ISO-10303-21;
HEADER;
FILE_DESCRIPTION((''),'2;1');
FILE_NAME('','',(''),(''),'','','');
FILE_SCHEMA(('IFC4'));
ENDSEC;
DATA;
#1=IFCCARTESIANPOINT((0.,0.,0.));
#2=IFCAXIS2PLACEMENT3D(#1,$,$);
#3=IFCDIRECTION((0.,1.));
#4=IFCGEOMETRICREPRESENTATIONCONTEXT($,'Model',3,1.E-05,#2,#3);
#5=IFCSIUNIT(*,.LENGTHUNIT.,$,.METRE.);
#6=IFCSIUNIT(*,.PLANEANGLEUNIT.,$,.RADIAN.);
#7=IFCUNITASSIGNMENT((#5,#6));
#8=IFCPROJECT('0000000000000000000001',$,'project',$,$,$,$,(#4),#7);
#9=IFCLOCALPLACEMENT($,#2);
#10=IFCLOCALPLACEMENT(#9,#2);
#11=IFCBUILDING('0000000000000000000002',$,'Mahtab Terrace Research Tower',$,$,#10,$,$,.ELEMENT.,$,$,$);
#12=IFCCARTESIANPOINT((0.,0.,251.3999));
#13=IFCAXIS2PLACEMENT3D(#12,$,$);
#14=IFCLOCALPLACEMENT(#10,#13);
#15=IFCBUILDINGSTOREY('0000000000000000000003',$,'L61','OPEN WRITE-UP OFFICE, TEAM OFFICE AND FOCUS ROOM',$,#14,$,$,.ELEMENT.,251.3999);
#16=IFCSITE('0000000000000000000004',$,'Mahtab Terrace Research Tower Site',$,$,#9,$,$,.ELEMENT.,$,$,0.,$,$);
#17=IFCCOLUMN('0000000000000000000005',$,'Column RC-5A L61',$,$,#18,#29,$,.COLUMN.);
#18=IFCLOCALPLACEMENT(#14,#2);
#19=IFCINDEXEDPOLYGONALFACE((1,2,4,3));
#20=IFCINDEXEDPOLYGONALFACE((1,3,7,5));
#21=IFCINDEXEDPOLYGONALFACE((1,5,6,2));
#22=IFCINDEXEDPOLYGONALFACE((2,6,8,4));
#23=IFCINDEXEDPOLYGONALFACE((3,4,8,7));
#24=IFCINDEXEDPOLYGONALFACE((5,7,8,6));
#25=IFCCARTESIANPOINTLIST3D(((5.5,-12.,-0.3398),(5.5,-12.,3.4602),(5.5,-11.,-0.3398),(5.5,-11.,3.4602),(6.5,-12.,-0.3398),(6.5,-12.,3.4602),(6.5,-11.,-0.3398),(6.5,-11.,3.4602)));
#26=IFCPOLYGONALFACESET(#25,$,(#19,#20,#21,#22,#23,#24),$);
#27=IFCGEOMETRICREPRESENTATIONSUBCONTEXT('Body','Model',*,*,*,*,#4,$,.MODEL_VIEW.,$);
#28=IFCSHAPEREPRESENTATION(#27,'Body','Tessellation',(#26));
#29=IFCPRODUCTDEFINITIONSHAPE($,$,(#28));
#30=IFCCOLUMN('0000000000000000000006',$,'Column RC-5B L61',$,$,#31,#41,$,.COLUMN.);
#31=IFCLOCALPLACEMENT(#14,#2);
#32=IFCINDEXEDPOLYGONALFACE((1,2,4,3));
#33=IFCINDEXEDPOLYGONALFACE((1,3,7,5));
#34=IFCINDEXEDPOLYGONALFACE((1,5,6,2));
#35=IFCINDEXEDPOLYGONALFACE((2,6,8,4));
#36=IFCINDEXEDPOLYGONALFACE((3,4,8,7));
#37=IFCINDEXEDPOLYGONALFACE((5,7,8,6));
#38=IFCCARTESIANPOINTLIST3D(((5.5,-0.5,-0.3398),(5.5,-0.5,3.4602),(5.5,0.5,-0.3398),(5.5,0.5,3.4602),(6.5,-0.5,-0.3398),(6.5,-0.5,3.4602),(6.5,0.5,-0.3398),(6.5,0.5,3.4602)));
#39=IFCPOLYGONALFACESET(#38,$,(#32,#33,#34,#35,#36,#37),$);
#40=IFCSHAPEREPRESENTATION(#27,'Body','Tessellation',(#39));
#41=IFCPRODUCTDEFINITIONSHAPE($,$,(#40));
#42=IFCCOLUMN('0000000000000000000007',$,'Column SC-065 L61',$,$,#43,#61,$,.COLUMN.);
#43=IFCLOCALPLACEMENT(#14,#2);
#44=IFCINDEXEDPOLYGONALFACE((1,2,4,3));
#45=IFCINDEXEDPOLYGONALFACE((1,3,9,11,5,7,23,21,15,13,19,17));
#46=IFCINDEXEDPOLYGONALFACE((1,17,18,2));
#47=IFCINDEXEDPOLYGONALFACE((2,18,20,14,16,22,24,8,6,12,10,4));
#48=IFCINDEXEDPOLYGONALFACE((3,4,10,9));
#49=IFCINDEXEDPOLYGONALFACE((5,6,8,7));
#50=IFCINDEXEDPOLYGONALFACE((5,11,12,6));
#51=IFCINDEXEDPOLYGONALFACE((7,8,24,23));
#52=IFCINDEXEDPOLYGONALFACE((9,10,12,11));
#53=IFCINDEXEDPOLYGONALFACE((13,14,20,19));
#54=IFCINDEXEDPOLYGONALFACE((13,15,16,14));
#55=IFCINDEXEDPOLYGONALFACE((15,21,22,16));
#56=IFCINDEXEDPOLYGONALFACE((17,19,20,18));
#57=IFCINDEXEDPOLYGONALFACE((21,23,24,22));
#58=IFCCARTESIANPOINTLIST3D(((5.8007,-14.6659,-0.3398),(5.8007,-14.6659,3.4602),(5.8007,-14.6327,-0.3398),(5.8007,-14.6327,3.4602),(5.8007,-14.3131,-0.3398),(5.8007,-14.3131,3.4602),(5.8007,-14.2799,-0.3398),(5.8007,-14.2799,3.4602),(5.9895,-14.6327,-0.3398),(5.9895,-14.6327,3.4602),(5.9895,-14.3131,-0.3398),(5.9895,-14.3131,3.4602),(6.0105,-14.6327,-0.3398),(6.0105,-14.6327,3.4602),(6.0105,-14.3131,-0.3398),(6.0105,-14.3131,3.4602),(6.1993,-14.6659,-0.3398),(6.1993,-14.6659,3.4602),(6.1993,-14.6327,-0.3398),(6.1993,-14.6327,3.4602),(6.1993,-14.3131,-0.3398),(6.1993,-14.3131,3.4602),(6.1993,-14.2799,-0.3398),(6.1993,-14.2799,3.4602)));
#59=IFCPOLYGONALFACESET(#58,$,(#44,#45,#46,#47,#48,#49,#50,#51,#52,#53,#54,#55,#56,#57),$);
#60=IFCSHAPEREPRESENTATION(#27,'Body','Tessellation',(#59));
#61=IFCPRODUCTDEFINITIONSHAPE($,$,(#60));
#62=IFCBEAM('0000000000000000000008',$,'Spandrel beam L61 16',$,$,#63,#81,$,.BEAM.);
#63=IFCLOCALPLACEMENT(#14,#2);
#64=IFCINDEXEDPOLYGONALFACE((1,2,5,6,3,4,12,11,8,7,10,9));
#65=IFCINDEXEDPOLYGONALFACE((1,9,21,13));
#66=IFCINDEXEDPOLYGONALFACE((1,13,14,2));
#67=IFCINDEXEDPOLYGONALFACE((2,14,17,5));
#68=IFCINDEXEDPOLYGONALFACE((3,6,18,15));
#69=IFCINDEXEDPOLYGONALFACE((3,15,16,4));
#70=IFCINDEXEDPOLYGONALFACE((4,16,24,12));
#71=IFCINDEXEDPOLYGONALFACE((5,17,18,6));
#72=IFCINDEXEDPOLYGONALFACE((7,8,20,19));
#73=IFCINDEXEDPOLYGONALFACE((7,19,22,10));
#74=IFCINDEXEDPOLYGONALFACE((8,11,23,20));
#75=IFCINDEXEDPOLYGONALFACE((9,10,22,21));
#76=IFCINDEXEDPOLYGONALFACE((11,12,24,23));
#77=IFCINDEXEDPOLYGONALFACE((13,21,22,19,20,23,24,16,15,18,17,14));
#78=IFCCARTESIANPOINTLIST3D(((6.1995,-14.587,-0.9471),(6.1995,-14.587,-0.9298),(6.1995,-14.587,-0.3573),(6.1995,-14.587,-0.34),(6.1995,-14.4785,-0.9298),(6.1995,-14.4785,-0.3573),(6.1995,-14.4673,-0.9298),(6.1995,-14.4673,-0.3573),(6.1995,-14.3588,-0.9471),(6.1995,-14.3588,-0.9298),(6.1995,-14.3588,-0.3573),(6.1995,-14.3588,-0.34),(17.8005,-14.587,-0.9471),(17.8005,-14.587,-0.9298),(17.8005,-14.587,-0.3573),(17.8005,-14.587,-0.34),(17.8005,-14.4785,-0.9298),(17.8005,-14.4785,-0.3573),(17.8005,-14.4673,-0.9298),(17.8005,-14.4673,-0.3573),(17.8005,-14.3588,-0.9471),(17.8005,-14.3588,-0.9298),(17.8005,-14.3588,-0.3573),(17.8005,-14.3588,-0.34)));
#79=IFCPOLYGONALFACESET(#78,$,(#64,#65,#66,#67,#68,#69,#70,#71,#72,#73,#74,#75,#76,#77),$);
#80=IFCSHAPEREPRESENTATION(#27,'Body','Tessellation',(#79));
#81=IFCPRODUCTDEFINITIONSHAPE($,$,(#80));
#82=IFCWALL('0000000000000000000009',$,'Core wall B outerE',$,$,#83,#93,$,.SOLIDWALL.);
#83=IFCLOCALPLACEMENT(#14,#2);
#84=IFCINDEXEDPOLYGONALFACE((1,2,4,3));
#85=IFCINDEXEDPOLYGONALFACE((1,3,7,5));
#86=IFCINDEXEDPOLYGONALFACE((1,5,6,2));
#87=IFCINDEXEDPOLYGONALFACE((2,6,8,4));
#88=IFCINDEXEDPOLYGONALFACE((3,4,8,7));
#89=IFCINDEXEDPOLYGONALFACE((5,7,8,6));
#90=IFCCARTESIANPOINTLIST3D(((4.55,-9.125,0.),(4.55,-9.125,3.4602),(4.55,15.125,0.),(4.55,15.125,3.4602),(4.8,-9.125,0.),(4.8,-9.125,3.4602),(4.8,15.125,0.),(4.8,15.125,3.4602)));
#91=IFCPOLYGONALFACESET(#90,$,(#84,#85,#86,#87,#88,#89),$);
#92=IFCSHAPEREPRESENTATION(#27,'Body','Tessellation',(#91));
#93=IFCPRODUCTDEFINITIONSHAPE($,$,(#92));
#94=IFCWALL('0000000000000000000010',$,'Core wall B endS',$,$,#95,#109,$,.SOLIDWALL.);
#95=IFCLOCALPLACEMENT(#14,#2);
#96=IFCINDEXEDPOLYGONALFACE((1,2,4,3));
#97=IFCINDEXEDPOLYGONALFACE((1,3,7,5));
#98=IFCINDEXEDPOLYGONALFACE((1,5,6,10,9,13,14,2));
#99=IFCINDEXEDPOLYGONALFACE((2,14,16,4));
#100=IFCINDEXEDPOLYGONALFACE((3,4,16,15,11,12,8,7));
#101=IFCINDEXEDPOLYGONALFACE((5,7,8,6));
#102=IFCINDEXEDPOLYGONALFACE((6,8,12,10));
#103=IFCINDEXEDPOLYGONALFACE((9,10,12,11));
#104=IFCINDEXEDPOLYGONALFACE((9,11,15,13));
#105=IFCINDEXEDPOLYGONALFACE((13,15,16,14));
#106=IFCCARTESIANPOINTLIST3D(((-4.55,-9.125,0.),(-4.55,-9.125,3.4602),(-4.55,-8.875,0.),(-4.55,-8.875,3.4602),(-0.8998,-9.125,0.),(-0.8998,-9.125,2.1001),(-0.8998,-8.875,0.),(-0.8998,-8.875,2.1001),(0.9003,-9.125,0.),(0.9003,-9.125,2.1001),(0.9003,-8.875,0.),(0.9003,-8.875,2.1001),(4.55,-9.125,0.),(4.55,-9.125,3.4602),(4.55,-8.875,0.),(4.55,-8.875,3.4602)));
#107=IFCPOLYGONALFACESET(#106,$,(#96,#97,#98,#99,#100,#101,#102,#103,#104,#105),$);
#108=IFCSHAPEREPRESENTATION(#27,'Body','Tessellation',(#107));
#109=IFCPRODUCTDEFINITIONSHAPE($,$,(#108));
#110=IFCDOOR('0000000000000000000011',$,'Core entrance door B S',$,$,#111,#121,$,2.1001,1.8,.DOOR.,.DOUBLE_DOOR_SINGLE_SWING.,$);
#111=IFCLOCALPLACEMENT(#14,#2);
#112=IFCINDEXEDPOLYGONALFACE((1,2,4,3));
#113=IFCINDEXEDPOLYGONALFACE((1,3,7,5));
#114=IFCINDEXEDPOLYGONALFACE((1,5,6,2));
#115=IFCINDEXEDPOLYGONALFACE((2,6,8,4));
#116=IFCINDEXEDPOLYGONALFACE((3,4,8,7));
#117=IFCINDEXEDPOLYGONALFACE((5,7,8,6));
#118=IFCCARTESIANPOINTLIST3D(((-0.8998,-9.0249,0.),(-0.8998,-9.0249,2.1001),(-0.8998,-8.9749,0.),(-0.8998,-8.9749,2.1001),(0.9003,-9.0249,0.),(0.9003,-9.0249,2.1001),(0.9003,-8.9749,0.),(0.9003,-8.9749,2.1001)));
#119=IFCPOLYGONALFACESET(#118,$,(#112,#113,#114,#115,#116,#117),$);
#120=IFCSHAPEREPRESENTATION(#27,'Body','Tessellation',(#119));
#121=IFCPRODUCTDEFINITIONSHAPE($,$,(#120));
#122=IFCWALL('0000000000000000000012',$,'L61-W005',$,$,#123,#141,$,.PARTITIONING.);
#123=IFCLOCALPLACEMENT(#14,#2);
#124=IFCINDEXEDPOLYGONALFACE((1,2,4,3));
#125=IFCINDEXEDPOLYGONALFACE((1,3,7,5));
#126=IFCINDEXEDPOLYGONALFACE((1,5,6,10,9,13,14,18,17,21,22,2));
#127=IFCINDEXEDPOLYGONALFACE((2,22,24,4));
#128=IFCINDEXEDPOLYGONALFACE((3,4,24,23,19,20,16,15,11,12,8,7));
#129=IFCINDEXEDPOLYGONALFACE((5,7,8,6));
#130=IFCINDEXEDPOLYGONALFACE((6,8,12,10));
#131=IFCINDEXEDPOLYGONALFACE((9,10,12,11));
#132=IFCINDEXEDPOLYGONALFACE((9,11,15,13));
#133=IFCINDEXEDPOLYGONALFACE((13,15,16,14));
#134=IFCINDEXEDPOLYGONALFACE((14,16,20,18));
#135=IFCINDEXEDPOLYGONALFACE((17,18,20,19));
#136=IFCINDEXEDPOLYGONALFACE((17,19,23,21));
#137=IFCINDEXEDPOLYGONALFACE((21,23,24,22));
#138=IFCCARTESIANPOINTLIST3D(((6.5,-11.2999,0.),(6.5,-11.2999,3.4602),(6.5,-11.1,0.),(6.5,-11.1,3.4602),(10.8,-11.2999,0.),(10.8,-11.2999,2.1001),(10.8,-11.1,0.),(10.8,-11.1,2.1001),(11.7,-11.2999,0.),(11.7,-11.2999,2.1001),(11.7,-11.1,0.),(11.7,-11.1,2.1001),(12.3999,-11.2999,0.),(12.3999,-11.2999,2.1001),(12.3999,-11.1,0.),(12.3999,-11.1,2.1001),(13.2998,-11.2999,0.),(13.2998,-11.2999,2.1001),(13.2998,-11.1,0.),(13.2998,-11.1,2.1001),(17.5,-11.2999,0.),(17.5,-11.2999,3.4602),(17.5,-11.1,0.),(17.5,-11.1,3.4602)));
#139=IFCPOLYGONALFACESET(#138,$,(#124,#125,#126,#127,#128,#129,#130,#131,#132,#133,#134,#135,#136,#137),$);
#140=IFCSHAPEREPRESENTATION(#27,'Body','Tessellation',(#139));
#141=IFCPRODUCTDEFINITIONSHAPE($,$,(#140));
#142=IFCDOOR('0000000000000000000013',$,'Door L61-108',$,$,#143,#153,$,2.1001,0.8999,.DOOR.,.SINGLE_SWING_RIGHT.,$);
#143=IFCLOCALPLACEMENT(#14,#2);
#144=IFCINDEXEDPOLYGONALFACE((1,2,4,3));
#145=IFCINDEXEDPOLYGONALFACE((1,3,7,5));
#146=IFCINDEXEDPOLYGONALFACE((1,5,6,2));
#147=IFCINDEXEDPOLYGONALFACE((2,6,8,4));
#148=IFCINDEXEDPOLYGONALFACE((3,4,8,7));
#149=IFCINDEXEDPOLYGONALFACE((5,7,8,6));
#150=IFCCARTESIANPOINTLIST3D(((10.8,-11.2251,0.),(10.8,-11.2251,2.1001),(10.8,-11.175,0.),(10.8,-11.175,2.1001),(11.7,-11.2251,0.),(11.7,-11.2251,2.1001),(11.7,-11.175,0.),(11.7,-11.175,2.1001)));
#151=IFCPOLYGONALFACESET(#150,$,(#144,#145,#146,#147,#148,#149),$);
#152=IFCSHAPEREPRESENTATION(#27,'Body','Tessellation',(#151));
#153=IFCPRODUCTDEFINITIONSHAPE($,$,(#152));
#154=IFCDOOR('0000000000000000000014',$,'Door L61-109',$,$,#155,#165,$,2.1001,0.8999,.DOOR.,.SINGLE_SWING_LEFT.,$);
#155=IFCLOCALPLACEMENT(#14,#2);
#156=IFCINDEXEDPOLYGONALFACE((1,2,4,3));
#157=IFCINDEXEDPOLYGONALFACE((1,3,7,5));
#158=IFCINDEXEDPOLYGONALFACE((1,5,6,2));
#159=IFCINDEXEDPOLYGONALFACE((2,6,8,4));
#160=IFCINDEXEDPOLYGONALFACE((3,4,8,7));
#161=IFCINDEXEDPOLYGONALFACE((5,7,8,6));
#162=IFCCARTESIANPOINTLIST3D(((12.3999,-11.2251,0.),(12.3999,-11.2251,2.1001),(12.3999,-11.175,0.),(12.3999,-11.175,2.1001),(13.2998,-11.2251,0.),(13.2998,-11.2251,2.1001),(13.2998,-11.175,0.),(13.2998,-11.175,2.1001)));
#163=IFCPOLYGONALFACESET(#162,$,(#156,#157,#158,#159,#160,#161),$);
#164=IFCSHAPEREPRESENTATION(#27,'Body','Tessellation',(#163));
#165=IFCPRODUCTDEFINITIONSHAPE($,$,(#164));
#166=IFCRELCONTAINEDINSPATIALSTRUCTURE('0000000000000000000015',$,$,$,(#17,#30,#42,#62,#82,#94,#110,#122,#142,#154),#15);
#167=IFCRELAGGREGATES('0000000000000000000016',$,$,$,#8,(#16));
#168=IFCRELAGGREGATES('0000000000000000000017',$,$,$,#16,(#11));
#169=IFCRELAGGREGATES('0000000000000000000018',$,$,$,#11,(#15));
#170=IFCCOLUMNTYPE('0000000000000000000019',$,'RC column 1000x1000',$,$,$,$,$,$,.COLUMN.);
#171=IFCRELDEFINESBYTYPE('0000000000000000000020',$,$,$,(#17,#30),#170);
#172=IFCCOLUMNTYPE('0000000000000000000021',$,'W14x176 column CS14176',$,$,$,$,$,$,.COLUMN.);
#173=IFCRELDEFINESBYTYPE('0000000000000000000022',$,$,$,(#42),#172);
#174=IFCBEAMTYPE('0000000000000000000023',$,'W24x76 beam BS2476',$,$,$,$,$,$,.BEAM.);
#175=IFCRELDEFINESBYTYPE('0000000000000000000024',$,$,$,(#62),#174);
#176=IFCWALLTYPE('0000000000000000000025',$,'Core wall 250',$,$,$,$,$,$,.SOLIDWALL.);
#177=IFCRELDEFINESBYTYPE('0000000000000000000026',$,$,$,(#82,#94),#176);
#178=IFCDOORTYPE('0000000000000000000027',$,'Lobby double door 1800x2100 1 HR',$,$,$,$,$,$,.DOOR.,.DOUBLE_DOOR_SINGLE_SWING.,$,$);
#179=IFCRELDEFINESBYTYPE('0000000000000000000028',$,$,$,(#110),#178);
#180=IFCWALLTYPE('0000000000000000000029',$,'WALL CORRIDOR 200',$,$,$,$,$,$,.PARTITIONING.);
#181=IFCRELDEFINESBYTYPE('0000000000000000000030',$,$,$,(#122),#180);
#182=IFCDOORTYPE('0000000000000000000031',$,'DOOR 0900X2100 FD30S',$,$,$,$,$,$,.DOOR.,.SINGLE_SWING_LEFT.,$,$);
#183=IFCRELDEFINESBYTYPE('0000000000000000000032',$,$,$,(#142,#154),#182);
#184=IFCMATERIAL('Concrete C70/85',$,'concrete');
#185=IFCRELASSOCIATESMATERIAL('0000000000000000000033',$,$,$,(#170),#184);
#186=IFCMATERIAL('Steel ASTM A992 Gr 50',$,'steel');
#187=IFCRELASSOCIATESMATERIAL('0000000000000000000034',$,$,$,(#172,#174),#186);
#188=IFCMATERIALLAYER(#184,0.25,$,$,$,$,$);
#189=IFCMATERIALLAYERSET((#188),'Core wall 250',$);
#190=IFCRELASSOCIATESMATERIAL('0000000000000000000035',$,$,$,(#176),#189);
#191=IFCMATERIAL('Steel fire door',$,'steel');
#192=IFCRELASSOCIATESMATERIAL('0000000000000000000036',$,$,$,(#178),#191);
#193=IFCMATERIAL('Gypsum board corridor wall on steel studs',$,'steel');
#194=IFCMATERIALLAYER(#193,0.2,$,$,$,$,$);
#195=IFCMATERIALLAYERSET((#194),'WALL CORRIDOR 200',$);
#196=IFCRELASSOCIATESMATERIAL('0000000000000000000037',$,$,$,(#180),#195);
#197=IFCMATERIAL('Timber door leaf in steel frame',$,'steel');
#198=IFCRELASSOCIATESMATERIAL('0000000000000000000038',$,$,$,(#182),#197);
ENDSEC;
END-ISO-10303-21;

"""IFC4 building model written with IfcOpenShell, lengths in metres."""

from ifc_helpers import new_model, si_unit, direction, frame, frame_2d, origin, origin_2d, place, context, subcontext, project, spatial, rectangle, i_section, extrude, material, layer, layer_set, material_profile, profile_set, type_object, element, fill, save


model = new_model("IFC4")

# Units and contexts
model_context = context("Model", 3, precision=1e-05, world=origin(), true_north=direction((0.0, 1.0)))
body_context = subcontext(model_context, "Body", "Model", "MODEL_VIEW")
ifc_project = project(units=[si_unit("LENGTHUNIT", "METRE"), si_unit("PLANEANGLEUNIT", "RADIAN")], contexts=[model_context])

# Site, building, storey
site_placement = place(None, origin())
site = spatial("IfcSite", under=ifc_project, at=site_placement, Name="Mahtab Terrace Research Tower Site", CompositionType="ELEMENT", RefElevation=0.0)
building_placement = place(site_placement, origin())
building = spatial("IfcBuilding", under=site, at=building_placement, Name="Mahtab Terrace Research Tower", CompositionType="ELEMENT")
storey_placement = place(building_placement, frame((0.0, 0.0, 251.3999)))
storey = spatial("IfcBuildingStorey", under=building, at=storey_placement, Name="L61", Description="OPEN WRITE-UP OFFICE, TEAM OFFICE AND FOCUS ROOM", CompositionType="ELEMENT", Elevation=251.3999)

# Columns
ifc_material_1 = material(Name="Concrete C70/85", Category="concrete")
ifc_material_profile_1 = material_profile(ifc_material_1, rectangle(XDim=1.0, YDim=1.0, at=origin_2d()), Name="RC column 1000x1000")
ifc_profile_set_1 = profile_set([ifc_material_profile_1], Name="Concrete C70/85")
column_type_1 = type_object("IfcColumnType", Name="RC column 1000x1000", PredefinedType="COLUMN", material=ifc_profile_set_1)
for number, where, z_axis, x_axis, name in (
    (1, (6.0, -11.5, -0.3398), (0.0, 0.0, 1.0), (1.0, 0.0, 0.0), "Column RC-5A L61"),
    (2, (6.0, 0.0, -0.3398), (0.0, 0.0, 1.0), (1.0, 0.0, 0.0), "Column RC-5B L61"),
):
    element("IfcColumn", number, at=place(storey_placement, frame(where, z_axis=z_axis, x_axis=x_axis)), inside=storey, type_object=column_type_1, Name=name, PredefinedType="COLUMN", context=body_context, shape_type="SweptSolid", body=[
        extrude(rectangle(XDim=1.0, YDim=1.0, at=origin_2d()), origin(), (0.0, 0.0, 1.0), 3.8),
    ])
ifc_material_2 = material(Name="Steel ASTM A992 Gr 50", Category="steel")
ifc_material_profile_2 = material_profile(ifc_material_2, i_section(OverallWidth=0.3987, OverallDepth=0.386, WebThickness=0.021, FlangeThickness=0.0332, at=origin_2d()), Name="W14X176")
ifc_profile_set_2 = profile_set([ifc_material_profile_2], Name="Steel ASTM A992 Gr 50")
column_type_2 = type_object("IfcColumnType", Name="W14x176 column CS14176", PredefinedType="COLUMN", material=ifc_profile_set_2)
column_placement = place(storey_placement, frame((6.0, -14.4729, -0.3398), z_axis=(0.0, 0.0, 1.0), x_axis=(1.0, 0.0, 0.0)))
element("IfcColumn", 3, at=column_placement, inside=storey, type_object=column_type_2, Name="Column SC-065 L61", PredefinedType="COLUMN", context=body_context, shape_type="SweptSolid", body=[
    extrude(i_section(OverallWidth=0.3987, OverallDepth=0.386, WebThickness=0.021, FlangeThickness=0.0332, at=origin_2d()), origin(), (0.0, 0.0, 1.0), 3.8),
])

# Beam
ifc_material_profile_3 = material_profile(ifc_material_2, i_section(OverallWidth=0.2283, OverallDepth=0.6072, WebThickness=0.0112, FlangeThickness=0.0173, at=origin_2d()), Name="W24X76")
ifc_profile_set_3 = profile_set([ifc_material_profile_3], Name="Steel ASTM A992 Gr 50")
beam_type = type_object("IfcBeamType", Name="W24x76 beam BS2476", PredefinedType="BEAM", material=ifc_profile_set_3)
beam_placement = place(storey_placement, frame((6.1995, -14.4729, -0.6436), z_axis=(1.0, 0.0, 0.0), x_axis=(0.0, 1.0, 0.0)))
element("IfcBeam", 4, at=beam_placement, inside=storey, type_object=beam_type, Name="Spandrel beam L61 16", PredefinedType="BEAM", context=body_context, shape_type="SweptSolid", body=[
    extrude(i_section(OverallWidth=0.2283, OverallDepth=0.6072, WebThickness=0.0112, FlangeThickness=0.0173, at=origin_2d()), origin(), (0.0, 0.0, 1.0), 11.6011),
])

# Wall
ifc_layer_1 = layer(ifc_material_1, 0.25)
ifc_layer_set_1 = layer_set([ifc_layer_1], Name="Core wall 250")
wall_type_1 = type_object("IfcWallType", Name="Core wall 250", PredefinedType="SOLIDWALL", material=ifc_layer_set_1)
wall_1_placement = place(storey_placement, frame((4.675, -9.125, 0.0), z_axis=(0.0, 0.0, 1.0), x_axis=(0.0, 1.0, 0.0)))
element("IfcWall", 5, at=wall_1_placement, inside=storey, type_object=wall_type_1, Name="Core wall B outerE", PredefinedType="SOLIDWALL", context=body_context, shape_type="SweptSolid", body=[
    extrude(rectangle(XDim=24.25, YDim=0.25, at=frame_2d((12.125, 0.0))), origin(), (0.0, 0.0, 1.0), 3.4602),
])

# Wall, opening, door
wall_2_placement = place(storey_placement, frame((4.55, -9.0, 0.0), z_axis=(0.0, 0.0, 1.0), x_axis=(-1.0, 0.0, 0.0)))
wall_2 = element("IfcWall", 6, at=wall_2_placement, inside=storey, type_object=wall_type_1, Name="Core wall B endS", PredefinedType="SOLIDWALL", context=body_context, shape_type="SweptSolid", body=[
    extrude(rectangle(XDim=9.1001, YDim=0.25, at=frame_2d((4.55, 0.0))), origin(), (0.0, 0.0, 1.0), 3.4602),
])
opening_1_placement = place(wall_2_placement, frame((3.6499, 0.0, 0.0)))
opening_1 = element("IfcOpeningElement", 7, at=opening_1_placement, cuts=wall_2, PredefinedType="OPENING", context=body_context, shape_type="SweptSolid", body=[
    extrude(rectangle(XDim=1.8, YDim=2.1001, at=frame_2d((0.8999, 1.05))), frame((0.0, 0.135, 0.0), z_axis=(0.0, -1.0, 0.0), x_axis=(1.0, 0.0, 0.0)), (0.0, 0.0, 1.0), 0.27),
])
ifc_material_3 = material(Name="Steel fire door", Category="steel")
door_type_1 = type_object("IfcDoorType", Name="Lobby double door 1800x2100 1 HR", OperationType="DOUBLE_DOOR_SINGLE_SWING", PredefinedType="DOOR", material=ifc_material_3)
door_1_placement = place(opening_1_placement, origin())
door_1 = element("IfcDoor", 8, at=door_1_placement, inside=storey, type_object=door_type_1, Name="Core entrance door B S", OperationType="DOUBLE_DOOR_SINGLE_SWING", OverallHeight=2.1001, OverallWidth=1.8, PredefinedType="DOOR", context=body_context, shape_type="SweptSolid", body=[
    extrude(rectangle(XDim=1.8, YDim=2.1001, at=frame_2d((0.8999, 1.05))), frame((0.0, 0.0249, 0.0), z_axis=(0.0, -1.0, 0.0), x_axis=(1.0, 0.0, 0.0)), (0.0, 0.0, 1.0), 0.05),
])
fill(opening_1, door_1)

# Wall, openings, doors
ifc_material_4 = material(Name="Gypsum board corridor wall on steel studs", Category="steel")
ifc_layer_2 = layer(ifc_material_4, 0.2)
ifc_layer_set_2 = layer_set([ifc_layer_2], Name="WALL CORRIDOR 200")
wall_type_2 = type_object("IfcWallType", Name="WALL CORRIDOR 200", PredefinedType="PARTITIONING", material=ifc_layer_set_2)
wall_3_placement = place(storey_placement, frame((6.5, -11.2, 0.0), z_axis=(0.0, 0.0, 1.0), x_axis=(1.0, 0.0, 0.0)))
wall_3 = element("IfcWall", 9, at=wall_3_placement, inside=storey, type_object=wall_type_2, Name="L61-W005", PredefinedType="PARTITIONING", context=body_context, shape_type="SweptSolid", body=[
    extrude(rectangle(XDim=11.0, YDim=0.2, at=frame_2d((5.5, 0.0))), origin(), (0.0, 0.0, 1.0), 3.4602),
])
opening_2_placement = place(wall_3_placement, frame((4.3, 0.0, 0.0)))
opening_2 = element("IfcOpeningElement", 10, at=opening_2_placement, cuts=wall_3, PredefinedType="OPENING", context=body_context, shape_type="SweptSolid", body=[
    extrude(rectangle(XDim=0.8999, YDim=2.1001, at=frame_2d((0.45, 1.05))), frame((0.0, 0.1099, 0.0), z_axis=(0.0, -1.0, 0.0), x_axis=(1.0, 0.0, 0.0)), (0.0, 0.0, 1.0), 0.22),
])
opening_3_placement = place(wall_3_placement, frame((5.8999, 0.0, 0.0)))
opening_3 = element("IfcOpeningElement", 11, at=opening_3_placement, cuts=wall_3, PredefinedType="OPENING", context=body_context, shape_type="SweptSolid", body=[
    extrude(rectangle(XDim=0.8999, YDim=2.1001, at=frame_2d((0.45, 1.05))), frame((0.0, 0.1099, 0.0), z_axis=(0.0, -1.0, 0.0), x_axis=(1.0, 0.0, 0.0)), (0.0, 0.0, 1.0), 0.22),
])
ifc_material_5 = material(Name="Timber door leaf in steel frame", Category="steel")
door_type_2 = type_object("IfcDoorType", Name="DOOR 0900X2100 FD30S", OperationType="SINGLE_SWING_LEFT", PredefinedType="DOOR", material=ifc_material_5)
door_2_placement = place(opening_2_placement, origin())
door_2 = element("IfcDoor", 12, at=door_2_placement, inside=storey, type_object=door_type_2, Name="Door L61-108", OperationType="SINGLE_SWING_RIGHT", OverallHeight=2.1001, OverallWidth=0.8999, PredefinedType="DOOR", context=body_context, shape_type="SweptSolid", body=[
    extrude(rectangle(XDim=0.8999, YDim=2.1001, at=frame_2d((0.45, 1.05))), frame((0.0, 0.0249, 0.0), z_axis=(0.0, -1.0, 0.0), x_axis=(1.0, 0.0, 0.0)), (0.0, 0.0, 1.0), 0.05),
])
fill(opening_2, door_2)
door_3_placement = place(opening_3_placement, origin())
door_3 = element("IfcDoor", 13, at=door_3_placement, inside=storey, type_object=door_type_2, Name="Door L61-109", OperationType="SINGLE_SWING_LEFT", OverallHeight=2.1001, OverallWidth=0.8999, PredefinedType="DOOR", context=body_context, shape_type="SweptSolid", body=[
    extrude(rectangle(XDim=0.8999, YDim=2.1001, at=frame_2d((0.45, 1.05))), frame((0.0, 0.0249, 0.0), z_axis=(0.0, -1.0, 0.0), x_axis=(1.0, 0.0, 0.0)), (0.0, 0.0, 1.0), 0.05),
])
fill(opening_3, door_3)

save(model, "model.ifc")
